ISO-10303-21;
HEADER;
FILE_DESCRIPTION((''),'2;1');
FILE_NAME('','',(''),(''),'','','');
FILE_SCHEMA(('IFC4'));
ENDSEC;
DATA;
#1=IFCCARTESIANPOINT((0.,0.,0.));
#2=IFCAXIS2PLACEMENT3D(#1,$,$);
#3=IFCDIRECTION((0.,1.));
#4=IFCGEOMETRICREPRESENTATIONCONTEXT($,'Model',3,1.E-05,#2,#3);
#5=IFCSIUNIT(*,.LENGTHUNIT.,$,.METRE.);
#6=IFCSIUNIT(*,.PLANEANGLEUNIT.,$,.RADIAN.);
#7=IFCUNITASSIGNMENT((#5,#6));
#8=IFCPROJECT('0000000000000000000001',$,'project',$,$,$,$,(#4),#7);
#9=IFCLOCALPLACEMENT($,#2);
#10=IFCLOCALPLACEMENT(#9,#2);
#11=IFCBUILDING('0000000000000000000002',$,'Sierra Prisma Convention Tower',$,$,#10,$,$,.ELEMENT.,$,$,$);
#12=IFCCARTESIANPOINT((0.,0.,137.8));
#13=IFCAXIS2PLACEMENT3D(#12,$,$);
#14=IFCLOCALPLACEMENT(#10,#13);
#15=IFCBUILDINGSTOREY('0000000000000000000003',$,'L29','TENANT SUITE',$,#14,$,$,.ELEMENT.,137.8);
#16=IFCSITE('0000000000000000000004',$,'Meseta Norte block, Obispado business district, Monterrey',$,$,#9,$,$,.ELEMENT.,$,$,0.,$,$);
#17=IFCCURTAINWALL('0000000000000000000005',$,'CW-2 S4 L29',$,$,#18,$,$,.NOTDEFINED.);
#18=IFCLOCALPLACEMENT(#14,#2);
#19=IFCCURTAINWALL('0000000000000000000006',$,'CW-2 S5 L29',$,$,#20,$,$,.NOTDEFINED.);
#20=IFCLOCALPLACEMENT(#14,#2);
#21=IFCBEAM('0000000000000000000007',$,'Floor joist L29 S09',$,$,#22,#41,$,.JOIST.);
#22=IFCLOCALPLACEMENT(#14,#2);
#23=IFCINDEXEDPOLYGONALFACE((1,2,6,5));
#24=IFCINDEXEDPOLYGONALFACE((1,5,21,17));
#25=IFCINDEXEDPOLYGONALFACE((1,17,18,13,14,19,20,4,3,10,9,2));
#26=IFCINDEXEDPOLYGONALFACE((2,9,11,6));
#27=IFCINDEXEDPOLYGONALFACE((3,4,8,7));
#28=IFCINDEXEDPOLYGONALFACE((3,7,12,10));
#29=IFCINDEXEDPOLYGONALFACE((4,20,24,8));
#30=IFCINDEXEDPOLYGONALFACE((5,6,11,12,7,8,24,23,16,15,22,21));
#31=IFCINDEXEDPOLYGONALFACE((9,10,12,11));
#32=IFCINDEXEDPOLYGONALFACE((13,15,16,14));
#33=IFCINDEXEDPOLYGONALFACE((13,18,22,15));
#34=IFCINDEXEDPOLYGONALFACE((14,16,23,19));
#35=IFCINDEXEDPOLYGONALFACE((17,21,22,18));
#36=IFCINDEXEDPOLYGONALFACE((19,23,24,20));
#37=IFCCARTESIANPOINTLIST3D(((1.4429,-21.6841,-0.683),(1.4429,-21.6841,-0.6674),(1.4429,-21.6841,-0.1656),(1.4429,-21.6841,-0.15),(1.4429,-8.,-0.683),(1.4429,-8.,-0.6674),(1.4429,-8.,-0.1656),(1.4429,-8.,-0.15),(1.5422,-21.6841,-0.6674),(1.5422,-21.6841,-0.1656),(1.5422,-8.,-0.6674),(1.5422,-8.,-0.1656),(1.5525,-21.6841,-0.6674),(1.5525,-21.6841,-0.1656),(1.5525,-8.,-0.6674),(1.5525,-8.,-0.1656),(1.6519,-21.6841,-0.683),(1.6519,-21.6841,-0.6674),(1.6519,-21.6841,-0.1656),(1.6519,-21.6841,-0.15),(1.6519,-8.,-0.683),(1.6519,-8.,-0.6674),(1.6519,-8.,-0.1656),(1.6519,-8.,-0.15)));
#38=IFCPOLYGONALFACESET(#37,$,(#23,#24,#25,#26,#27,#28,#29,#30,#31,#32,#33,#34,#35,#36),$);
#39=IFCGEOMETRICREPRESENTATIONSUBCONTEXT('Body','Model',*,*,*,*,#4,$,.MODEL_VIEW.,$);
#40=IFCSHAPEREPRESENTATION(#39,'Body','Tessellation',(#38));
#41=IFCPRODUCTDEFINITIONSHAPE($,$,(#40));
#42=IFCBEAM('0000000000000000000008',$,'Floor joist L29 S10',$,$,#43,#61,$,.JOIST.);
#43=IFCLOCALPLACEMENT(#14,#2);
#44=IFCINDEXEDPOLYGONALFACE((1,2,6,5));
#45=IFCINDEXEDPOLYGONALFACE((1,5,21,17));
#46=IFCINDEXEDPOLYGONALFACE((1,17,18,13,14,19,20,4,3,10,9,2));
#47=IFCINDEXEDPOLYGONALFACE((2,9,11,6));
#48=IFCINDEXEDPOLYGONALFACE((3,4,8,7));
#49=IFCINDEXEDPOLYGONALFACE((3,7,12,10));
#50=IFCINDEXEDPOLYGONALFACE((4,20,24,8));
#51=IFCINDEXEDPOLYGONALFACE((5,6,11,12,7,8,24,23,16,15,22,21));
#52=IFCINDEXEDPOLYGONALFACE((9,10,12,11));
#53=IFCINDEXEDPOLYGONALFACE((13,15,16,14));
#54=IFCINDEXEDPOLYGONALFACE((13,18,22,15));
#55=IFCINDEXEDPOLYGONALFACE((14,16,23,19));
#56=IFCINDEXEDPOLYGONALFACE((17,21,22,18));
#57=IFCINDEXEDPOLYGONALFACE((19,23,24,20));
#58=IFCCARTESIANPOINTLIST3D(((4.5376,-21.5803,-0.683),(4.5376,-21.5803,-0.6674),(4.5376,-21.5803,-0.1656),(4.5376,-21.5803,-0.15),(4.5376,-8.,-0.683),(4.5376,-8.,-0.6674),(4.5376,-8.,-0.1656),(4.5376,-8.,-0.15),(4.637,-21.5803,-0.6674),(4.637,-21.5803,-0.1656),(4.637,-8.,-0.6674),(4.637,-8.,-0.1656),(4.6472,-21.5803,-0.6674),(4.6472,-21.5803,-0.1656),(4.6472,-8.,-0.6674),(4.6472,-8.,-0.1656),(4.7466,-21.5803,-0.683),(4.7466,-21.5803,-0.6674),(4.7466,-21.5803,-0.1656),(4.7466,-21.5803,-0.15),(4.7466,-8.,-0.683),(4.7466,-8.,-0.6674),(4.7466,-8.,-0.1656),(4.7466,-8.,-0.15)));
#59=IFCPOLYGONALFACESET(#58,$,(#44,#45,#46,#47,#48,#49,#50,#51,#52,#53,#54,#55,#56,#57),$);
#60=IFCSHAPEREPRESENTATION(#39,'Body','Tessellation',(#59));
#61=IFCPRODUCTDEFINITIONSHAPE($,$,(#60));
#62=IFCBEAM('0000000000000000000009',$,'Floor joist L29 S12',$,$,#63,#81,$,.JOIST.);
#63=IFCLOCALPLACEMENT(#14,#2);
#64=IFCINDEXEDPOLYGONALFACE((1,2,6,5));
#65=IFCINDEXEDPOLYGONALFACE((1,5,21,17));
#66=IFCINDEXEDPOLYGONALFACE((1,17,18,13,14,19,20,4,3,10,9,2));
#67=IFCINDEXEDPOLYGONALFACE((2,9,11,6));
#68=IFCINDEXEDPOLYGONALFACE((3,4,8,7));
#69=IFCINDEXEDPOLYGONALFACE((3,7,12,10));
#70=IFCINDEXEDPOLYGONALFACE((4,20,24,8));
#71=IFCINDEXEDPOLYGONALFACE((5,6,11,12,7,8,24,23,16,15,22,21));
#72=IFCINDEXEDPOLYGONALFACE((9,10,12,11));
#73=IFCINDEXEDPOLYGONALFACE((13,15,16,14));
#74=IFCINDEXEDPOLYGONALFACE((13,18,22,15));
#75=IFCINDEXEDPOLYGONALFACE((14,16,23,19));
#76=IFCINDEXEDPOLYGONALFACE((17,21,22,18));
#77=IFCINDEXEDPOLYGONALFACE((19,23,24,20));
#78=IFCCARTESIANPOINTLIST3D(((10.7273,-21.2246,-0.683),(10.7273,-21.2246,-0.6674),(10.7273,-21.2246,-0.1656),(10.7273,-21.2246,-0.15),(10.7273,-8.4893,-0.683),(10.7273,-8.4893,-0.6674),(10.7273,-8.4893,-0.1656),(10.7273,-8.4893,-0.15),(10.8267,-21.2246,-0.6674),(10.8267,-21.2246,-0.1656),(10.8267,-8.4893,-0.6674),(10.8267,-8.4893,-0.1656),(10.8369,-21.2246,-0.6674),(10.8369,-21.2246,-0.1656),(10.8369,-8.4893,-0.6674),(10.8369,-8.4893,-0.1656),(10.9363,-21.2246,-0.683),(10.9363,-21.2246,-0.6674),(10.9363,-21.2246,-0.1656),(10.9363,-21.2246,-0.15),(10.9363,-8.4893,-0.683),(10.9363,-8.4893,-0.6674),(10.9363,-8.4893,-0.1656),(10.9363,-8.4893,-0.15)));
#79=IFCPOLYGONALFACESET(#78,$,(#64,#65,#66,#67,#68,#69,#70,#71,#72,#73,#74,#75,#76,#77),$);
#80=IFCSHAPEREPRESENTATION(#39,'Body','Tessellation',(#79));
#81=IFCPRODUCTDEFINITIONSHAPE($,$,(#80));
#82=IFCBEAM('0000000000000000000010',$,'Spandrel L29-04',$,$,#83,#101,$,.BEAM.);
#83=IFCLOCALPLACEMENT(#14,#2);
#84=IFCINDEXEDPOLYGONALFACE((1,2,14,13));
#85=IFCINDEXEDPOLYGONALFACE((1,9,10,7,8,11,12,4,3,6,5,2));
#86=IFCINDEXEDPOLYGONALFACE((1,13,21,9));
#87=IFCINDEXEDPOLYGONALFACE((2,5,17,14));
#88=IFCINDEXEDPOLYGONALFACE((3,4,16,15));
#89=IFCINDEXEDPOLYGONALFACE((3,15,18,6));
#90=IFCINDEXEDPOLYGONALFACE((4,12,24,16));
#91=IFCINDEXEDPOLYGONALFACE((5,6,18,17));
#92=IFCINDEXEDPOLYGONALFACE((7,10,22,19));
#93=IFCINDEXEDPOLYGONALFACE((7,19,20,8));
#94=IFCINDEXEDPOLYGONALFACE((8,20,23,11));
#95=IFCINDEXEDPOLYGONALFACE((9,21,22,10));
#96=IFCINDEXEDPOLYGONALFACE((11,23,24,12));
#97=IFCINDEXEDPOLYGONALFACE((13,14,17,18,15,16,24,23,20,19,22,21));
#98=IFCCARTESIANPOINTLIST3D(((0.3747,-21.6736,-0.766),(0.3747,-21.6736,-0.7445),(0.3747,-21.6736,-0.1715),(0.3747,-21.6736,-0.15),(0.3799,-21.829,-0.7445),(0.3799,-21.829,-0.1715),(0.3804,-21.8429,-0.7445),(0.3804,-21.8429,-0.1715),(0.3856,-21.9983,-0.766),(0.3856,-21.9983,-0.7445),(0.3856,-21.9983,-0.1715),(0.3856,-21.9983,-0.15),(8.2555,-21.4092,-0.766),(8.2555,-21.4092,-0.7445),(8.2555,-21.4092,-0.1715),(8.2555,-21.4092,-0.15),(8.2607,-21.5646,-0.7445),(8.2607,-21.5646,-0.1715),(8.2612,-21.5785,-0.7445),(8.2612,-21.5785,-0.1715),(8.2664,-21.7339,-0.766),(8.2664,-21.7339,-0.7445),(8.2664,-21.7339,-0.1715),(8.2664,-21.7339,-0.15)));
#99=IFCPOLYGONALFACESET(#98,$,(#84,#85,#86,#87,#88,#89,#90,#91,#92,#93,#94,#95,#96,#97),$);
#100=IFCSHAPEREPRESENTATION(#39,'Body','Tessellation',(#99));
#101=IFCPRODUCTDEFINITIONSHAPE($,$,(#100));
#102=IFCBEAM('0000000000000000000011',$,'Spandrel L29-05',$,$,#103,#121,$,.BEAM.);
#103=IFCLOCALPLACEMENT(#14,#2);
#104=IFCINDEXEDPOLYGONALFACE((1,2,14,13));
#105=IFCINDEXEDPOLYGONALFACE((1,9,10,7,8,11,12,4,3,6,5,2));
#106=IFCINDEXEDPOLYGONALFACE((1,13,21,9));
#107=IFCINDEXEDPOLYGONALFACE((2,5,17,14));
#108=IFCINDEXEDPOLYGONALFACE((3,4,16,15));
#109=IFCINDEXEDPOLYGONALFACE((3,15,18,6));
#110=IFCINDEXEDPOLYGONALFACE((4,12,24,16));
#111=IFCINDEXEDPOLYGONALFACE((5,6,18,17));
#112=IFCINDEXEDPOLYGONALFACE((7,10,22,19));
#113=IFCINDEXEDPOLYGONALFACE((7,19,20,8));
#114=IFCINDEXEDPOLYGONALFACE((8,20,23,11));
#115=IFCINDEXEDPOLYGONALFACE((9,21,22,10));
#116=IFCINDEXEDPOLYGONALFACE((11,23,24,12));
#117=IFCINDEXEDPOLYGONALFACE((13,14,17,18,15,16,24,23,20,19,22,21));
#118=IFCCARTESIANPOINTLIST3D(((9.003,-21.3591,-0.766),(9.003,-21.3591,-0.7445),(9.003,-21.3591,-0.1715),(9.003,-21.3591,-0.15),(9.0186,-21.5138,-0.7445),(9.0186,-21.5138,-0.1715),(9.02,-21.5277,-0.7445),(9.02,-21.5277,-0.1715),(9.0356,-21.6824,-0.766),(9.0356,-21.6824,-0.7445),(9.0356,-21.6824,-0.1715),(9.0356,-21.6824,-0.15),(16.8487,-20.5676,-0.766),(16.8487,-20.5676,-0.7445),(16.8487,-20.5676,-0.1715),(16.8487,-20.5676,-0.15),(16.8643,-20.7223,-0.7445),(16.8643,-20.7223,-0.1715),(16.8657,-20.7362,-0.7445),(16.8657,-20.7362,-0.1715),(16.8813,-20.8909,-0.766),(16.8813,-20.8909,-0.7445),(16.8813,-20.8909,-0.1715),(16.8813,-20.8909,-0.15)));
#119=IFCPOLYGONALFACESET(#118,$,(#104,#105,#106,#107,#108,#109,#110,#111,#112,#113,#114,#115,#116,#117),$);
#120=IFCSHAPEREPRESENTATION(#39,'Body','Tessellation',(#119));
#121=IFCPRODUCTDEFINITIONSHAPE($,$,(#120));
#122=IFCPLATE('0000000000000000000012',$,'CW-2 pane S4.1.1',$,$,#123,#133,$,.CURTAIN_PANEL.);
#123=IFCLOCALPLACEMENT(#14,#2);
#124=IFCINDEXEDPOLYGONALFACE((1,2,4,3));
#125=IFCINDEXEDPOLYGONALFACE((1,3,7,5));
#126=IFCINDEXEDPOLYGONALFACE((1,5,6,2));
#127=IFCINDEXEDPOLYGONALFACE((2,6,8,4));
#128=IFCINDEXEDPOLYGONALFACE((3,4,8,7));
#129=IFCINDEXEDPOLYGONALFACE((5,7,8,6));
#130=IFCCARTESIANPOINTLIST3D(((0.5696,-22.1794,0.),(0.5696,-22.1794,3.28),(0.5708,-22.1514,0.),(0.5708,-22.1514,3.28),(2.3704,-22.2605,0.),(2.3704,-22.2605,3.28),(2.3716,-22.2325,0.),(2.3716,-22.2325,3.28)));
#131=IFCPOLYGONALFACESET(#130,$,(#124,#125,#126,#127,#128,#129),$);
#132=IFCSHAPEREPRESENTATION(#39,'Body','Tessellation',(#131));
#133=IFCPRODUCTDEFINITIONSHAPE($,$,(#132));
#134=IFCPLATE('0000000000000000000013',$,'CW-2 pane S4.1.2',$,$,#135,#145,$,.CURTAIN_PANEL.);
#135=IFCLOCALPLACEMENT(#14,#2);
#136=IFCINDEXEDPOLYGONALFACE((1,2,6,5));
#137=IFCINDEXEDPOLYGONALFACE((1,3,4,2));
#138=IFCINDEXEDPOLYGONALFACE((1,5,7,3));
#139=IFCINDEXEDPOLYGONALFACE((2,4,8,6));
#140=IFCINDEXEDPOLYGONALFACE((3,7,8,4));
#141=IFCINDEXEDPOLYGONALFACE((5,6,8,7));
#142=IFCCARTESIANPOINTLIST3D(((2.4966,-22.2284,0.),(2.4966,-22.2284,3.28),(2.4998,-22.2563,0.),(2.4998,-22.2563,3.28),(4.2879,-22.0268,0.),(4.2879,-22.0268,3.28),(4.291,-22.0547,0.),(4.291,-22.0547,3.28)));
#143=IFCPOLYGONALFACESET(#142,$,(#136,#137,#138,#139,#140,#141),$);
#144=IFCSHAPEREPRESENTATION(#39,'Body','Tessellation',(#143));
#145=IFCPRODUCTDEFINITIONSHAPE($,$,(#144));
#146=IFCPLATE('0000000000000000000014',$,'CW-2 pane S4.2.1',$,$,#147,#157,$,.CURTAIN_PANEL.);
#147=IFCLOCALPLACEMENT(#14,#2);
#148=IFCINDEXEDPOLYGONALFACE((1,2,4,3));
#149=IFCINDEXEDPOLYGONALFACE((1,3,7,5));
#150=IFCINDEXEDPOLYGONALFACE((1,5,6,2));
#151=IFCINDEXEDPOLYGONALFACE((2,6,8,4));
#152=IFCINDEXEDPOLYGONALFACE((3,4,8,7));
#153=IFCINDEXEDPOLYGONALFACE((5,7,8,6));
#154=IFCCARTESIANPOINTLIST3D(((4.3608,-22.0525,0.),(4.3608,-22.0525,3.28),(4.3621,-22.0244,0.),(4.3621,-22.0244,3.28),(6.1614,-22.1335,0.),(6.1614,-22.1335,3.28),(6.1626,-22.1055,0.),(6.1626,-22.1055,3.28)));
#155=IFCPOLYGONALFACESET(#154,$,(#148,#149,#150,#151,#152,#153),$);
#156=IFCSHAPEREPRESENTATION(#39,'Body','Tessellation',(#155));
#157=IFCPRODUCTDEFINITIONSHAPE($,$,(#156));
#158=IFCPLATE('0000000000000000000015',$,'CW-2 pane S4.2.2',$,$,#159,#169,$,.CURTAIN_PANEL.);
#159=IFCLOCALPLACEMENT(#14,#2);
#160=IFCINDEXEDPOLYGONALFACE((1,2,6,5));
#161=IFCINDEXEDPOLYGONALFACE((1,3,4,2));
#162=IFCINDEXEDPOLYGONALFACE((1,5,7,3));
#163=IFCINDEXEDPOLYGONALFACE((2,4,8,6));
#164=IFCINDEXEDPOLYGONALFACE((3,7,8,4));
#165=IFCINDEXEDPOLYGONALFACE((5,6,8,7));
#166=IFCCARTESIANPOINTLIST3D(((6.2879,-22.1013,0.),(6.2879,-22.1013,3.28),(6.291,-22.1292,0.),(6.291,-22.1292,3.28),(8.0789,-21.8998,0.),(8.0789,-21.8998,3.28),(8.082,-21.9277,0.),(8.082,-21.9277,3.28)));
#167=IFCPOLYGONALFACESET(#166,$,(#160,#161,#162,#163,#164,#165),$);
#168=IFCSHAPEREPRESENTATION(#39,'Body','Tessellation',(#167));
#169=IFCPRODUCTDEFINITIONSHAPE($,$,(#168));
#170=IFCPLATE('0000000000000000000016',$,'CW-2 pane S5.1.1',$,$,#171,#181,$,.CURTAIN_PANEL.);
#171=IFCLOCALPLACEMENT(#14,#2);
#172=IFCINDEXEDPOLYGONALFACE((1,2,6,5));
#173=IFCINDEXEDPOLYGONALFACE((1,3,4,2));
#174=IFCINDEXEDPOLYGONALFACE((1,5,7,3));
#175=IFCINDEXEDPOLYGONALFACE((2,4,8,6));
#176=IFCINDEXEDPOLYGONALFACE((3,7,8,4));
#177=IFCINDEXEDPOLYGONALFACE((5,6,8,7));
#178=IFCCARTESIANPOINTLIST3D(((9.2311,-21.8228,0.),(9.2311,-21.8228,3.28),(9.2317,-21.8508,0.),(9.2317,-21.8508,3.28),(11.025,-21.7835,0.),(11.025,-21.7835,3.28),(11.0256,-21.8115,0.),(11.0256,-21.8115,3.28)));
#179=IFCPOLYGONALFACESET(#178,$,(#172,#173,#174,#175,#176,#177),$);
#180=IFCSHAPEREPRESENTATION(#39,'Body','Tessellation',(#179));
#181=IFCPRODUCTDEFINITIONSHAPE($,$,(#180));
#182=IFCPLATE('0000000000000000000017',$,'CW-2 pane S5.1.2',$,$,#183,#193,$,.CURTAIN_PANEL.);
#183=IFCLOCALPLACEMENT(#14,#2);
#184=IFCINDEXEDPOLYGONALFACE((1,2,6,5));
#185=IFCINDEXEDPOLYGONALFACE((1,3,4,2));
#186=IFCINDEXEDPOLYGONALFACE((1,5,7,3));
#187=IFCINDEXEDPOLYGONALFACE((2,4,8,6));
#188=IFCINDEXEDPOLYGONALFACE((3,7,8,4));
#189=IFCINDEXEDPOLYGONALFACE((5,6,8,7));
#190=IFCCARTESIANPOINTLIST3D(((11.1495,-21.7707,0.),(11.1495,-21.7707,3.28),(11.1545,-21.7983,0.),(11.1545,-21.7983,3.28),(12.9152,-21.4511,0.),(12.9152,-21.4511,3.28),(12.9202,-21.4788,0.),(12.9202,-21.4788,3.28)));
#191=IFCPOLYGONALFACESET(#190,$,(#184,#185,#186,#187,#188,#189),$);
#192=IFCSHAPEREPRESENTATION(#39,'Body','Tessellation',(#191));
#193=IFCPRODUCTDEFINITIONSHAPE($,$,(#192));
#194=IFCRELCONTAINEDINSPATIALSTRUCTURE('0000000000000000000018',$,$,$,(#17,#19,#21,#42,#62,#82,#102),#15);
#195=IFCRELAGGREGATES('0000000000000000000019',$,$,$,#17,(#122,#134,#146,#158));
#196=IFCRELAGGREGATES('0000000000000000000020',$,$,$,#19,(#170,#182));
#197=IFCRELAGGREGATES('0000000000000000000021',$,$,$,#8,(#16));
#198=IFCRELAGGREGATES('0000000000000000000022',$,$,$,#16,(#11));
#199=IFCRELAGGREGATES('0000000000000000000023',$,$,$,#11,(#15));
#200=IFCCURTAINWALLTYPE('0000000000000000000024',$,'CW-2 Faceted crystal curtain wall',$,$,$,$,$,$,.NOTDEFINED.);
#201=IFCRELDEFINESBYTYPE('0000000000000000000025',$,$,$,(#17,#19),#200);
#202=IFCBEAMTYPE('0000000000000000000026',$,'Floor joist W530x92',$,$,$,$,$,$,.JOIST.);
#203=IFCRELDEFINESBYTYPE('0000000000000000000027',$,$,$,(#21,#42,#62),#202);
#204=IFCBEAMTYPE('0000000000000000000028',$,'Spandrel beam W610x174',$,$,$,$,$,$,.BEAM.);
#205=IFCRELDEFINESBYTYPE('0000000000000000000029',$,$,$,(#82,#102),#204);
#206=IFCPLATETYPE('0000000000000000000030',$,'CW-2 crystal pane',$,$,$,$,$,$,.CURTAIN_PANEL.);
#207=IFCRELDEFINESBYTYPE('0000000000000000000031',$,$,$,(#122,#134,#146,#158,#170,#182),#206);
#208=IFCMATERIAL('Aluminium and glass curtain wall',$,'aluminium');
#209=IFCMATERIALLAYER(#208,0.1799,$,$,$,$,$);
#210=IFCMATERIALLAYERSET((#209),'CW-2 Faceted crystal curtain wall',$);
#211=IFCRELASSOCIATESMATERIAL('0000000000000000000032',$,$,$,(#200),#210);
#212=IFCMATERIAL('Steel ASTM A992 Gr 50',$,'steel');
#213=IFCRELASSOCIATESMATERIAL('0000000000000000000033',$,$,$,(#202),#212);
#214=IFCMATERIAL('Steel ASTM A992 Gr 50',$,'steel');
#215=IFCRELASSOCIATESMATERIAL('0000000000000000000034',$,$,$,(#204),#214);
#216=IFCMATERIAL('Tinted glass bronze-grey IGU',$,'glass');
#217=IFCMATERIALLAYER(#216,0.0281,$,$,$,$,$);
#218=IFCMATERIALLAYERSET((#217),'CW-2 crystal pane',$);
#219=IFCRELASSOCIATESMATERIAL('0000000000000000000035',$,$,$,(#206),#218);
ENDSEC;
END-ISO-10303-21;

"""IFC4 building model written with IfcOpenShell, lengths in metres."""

from ifc_helpers import new_model, si_unit, direction, frame, origin, origin_2d, place, context, subcontext, project, spatial, polyline, i_section, outline, extrude, material, layer, layer_set, material_profile, profile_set, type_object, element, aggregate, save


model = new_model("IFC4")

# Units and contexts
model_context = context("Model", 3, precision=1e-05, world=origin(), true_north=direction((0.0, 1.0)))
body_context = subcontext(model_context, "Body", "Model", "MODEL_VIEW")
ifc_project = project(units=[si_unit("LENGTHUNIT", "METRE"), si_unit("PLANEANGLEUNIT", "RADIAN")], contexts=[model_context])

# Site, building, storey
site_placement = place(None, origin())
site = spatial("IfcSite", under=ifc_project, at=site_placement, Name="Meseta Norte block, Obispado business district, Monterrey", CompositionType="ELEMENT", RefElevation=0.0)
building_placement = place(site_placement, origin())
building = spatial("IfcBuilding", under=site, at=building_placement, Name="Sierra Prisma Convention Tower", CompositionType="ELEMENT")
storey_placement = place(building_placement, frame((0.0, 0.0, 137.8)))
storey = spatial("IfcBuildingStorey", under=building, at=storey_placement, Name="L29", Description="TENANT SUITE", CompositionType="ELEMENT", Elevation=137.8)

# Curtain walls
ifc_material_1 = material(Name="Aluminium and glass curtain wall", Category="aluminium")
ifc_layer_1 = layer(ifc_material_1, 0.1799)
ifc_layer_set_1 = layer_set([ifc_layer_1], Name="CW-2 Faceted crystal curtain wall")
curtain_wall_type = type_object("IfcCurtainWallType", Name="CW-2 Faceted crystal curtain wall", PredefinedType="NOTDEFINED", material=ifc_layer_set_1)
curtain_wall_1_placement = place(storey_placement, origin())
curtain_wall_1 = element("IfcCurtainWall", 1, at=curtain_wall_1_placement, inside=storey, type_object=curtain_wall_type, Name="CW-2 S4 L29", PredefinedType="NOTDEFINED")
curtain_wall_2_placement = place(storey_placement, origin())
curtain_wall_2 = element("IfcCurtainWall", 2, at=curtain_wall_2_placement, inside=storey, type_object=curtain_wall_type, Name="CW-2 S5 L29", PredefinedType="NOTDEFINED")

# Beams
ifc_material_2 = material(Name="Steel ASTM A992 Gr 50", Category="steel")
ifc_material_profile_1 = material_profile(ifc_material_2, i_section(OverallWidth=0.209, OverallDepth=0.533, WebThickness=0.0103, FlangeThickness=0.0156, at=origin_2d()), Name="W530x92")
ifc_profile_set_1 = profile_set([ifc_material_profile_1], Name="Steel ASTM A992 Gr 50")
beam_type_1 = type_object("IfcBeamType", Name="Floor joist W530x92", PredefinedType="JOIST", material=ifc_profile_set_1)
beam_1_placement = place(storey_placement, frame((1.5474, -21.6841, -0.4165), z_axis=(0.0, 1.0, 0.0), x_axis=(-1.0, 0.0, 0.0)))
element("IfcBeam", 3, at=beam_1_placement, inside=storey, type_object=beam_type_1, Name="Floor joist L29 S09", PredefinedType="JOIST", context=body_context, shape_type="SweptSolid", body=[
    extrude(i_section(OverallWidth=0.209, OverallDepth=0.533, WebThickness=0.0103, FlangeThickness=0.0156, at=origin_2d()), origin(), (0.0, 0.0, 1.0), 13.6841),
])
beam_2_placement = place(storey_placement, frame((4.6421, -21.5803, -0.4165), z_axis=(0.0, 1.0, 0.0), x_axis=(-1.0, 0.0, 0.0)))
element("IfcBeam", 4, at=beam_2_placement, inside=storey, type_object=beam_type_1, Name="Floor joist L29 S10", PredefinedType="JOIST", context=body_context, shape_type="SweptSolid", body=[
    extrude(i_section(OverallWidth=0.209, OverallDepth=0.533, WebThickness=0.0103, FlangeThickness=0.0156, at=origin_2d()), origin(), (0.0, 0.0, 1.0), 13.5803),
])
beam_3_placement = place(storey_placement, frame((10.8318, -21.2246, -0.4165), z_axis=(0.0, 1.0, 0.0), x_axis=(-1.0, 0.0, 0.0)))
element("IfcBeam", 5, at=beam_3_placement, inside=storey, type_object=beam_type_1, Name="Floor joist L29 S12", PredefinedType="JOIST", context=body_context, shape_type="SweptSolid", body=[
    extrude(i_section(OverallWidth=0.209, OverallDepth=0.533, WebThickness=0.0103, FlangeThickness=0.0156, at=origin_2d()), origin(), (0.0, 0.0, 1.0), 12.7354),
])
ifc_material_3 = material(Name="Steel ASTM A992 Gr 50", Category="steel")
ifc_material_profile_2 = material_profile(ifc_material_3, i_section(OverallWidth=0.325, OverallDepth=0.616, WebThickness=0.0139, FlangeThickness=0.0215, at=origin_2d()), Name="W610x174")
ifc_profile_set_2 = profile_set([ifc_material_profile_2], Name="Steel ASTM A992 Gr 50")
beam_type_2 = type_object("IfcBeamType", Name="Spandrel beam W610x174", PredefinedType="BEAM", material=ifc_profile_set_2)
beam_4_placement = place(storey_placement, frame((0.3801, -21.8359, -0.458), z_axis=(0.999438, 0.033531, 0.0), x_axis=(-0.033531, 0.999438, 0.0)))
element("IfcBeam", 6, at=beam_4_placement, inside=storey, type_object=beam_type_2, Name="Spandrel L29-04", PredefinedType="BEAM", context=body_context, shape_type="SweptSolid", body=[
    extrude(i_section(OverallWidth=0.325, OverallDepth=0.616, WebThickness=0.0139, FlangeThickness=0.0215, at=origin_2d()), origin(), (0.0, 0.0, 1.0), 7.8853),
])
beam_5_placement = place(storey_placement, frame((9.0193, -21.5208, -0.458), z_axis=(0.99495, 0.100374, 0.0), x_axis=(-0.100374, 0.99495, 0.0)))
element("IfcBeam", 7, at=beam_5_placement, inside=storey, type_object=beam_type_2, Name="Spandrel L29-05", PredefinedType="BEAM", context=body_context, shape_type="SweptSolid", body=[
    extrude(i_section(OverallWidth=0.325, OverallDepth=0.616, WebThickness=0.0139, FlangeThickness=0.0215, at=origin_2d()), origin(), (0.0, 0.0, 1.0), 7.8855),
])

# Plates
ifc_material_4 = material(Name="Tinted glass bronze-grey IGU", Category="glass")
ifc_layer_2 = layer(ifc_material_4, 0.0281)
ifc_layer_set_2 = layer_set([ifc_layer_2], Name="CW-2 crystal pane")
plate_type = type_object("IfcPlateType", Name="CW-2 crystal pane", PredefinedType="CURTAIN_PANEL", material=ifc_layer_set_2)
plate_1_placement = place(storey_placement, frame((0.5696, -22.1794, 0.0), z_axis=(-0.044965, -0.998989, 0.0), x_axis=(0.998989, -0.044965, 0.0)))
plate_1 = element("IfcPlate", 8, at=plate_1_placement, type_object=plate_type, Name="CW-2 pane S4.1.1", PredefinedType="CURTAIN_PANEL", context=body_context, shape_type="SweptSolid", body=[
    extrude(outline(polyline([(0.0, 0.0), (1.8026, 0.0), (1.8026, 3.28), (0.0, 3.28), (0.0, 0.0)])), origin(), (0.0, 0.0, -1.0), 0.0281),
])
plate_2_placement = place(storey_placement, frame((4.291, -22.0547, 0.0), z_axis=(0.111873, -0.993722, 0.0), x_axis=(-0.993722, -0.111873, 0.0)))
plate_2 = element("IfcPlate", 9, at=plate_2_placement, type_object=plate_type, Name="CW-2 pane S4.1.2", PredefinedType="CURTAIN_PANEL", context=body_context, shape_type="SweptSolid", body=[
    extrude(outline(polyline([(0.0, 0.0), (1.8026, 0.0), (1.8026, -3.28), (0.0, -3.28), (0.0, 0.0)])), origin(), (0.0, 0.0, -1.0), 0.0281),
])
plate_3_placement = place(storey_placement, frame((4.3608, -22.0525, 0.0), z_axis=(-0.044971, -0.998988, 0.0), x_axis=(0.998988, -0.044971, 0.0)))
plate_3 = element("IfcPlate", 10, at=plate_3_placement, type_object=plate_type, Name="CW-2 pane S4.2.1", PredefinedType="CURTAIN_PANEL", context=body_context, shape_type="SweptSolid", body=[
    extrude(outline(polyline([(0.0, 0.0), (1.8024, 0.0), (1.8024, 3.28), (0.0, 3.28), (0.0, 0.0)])), origin(), (0.0, 0.0, -1.0), 0.0281),
])
plate_4_placement = place(storey_placement, frame((8.082, -21.9277, 0.0), z_axis=(0.111755, -0.993736, 0.0), x_axis=(-0.993736, -0.111755, 0.0)))
plate_4 = element("IfcPlate", 11, at=plate_4_placement, type_object=plate_type, Name="CW-2 pane S4.2.2", PredefinedType="CURTAIN_PANEL", context=body_context, shape_type="SweptSolid", body=[
    extrude(outline(polyline([(0.0, 0.0), (1.8023, 0.0), (1.8023, -3.28), (0.0, -3.28), (0.0, 0.0)])), origin(), (0.0, 0.0, -1.0), 0.0281),
])
aggregate(curtain_wall_1, [plate_1, plate_2, plate_3, plate_4])
plate_5_placement = place(storey_placement, frame((9.2317, -21.8508, 0.0), z_axis=(0.021905, -0.99976, 0.0), x_axis=(0.99976, 0.021905, 0.0)))
plate_5 = element("IfcPlate", 12, at=plate_5_placement, type_object=plate_type, Name="CW-2 pane S5.1.1", PredefinedType="CURTAIN_PANEL", context=body_context, shape_type="SweptSolid", body=[
    extrude(outline(polyline([(0.0, 0.0), (1.7944, 0.0), (1.7944, 3.28), (0.0, 3.28), (0.0, 0.0)])), origin(), (0.0, 0.0, -1.0), 0.0281),
])
plate_6_placement = place(storey_placement, frame((12.9202, -21.4788, 0.0), z_axis=(0.178107, -0.984011, 0.0), x_axis=(-0.984011, -0.178107, 0.0)))
plate_6 = element("IfcPlate", 13, at=plate_6_placement, type_object=plate_type, Name="CW-2 pane S5.1.2", PredefinedType="CURTAIN_PANEL", context=body_context, shape_type="SweptSolid", body=[
    extrude(outline(polyline([(0.0, 0.0), (1.7943, 0.0), (1.7943, -3.28), (0.0, -3.28), (0.0, 0.0)])), origin(), (0.0, 0.0, -1.0), 0.0281),
])
aggregate(curtain_wall_2, [plate_5, plate_6])

save(model, "model.ifc")
